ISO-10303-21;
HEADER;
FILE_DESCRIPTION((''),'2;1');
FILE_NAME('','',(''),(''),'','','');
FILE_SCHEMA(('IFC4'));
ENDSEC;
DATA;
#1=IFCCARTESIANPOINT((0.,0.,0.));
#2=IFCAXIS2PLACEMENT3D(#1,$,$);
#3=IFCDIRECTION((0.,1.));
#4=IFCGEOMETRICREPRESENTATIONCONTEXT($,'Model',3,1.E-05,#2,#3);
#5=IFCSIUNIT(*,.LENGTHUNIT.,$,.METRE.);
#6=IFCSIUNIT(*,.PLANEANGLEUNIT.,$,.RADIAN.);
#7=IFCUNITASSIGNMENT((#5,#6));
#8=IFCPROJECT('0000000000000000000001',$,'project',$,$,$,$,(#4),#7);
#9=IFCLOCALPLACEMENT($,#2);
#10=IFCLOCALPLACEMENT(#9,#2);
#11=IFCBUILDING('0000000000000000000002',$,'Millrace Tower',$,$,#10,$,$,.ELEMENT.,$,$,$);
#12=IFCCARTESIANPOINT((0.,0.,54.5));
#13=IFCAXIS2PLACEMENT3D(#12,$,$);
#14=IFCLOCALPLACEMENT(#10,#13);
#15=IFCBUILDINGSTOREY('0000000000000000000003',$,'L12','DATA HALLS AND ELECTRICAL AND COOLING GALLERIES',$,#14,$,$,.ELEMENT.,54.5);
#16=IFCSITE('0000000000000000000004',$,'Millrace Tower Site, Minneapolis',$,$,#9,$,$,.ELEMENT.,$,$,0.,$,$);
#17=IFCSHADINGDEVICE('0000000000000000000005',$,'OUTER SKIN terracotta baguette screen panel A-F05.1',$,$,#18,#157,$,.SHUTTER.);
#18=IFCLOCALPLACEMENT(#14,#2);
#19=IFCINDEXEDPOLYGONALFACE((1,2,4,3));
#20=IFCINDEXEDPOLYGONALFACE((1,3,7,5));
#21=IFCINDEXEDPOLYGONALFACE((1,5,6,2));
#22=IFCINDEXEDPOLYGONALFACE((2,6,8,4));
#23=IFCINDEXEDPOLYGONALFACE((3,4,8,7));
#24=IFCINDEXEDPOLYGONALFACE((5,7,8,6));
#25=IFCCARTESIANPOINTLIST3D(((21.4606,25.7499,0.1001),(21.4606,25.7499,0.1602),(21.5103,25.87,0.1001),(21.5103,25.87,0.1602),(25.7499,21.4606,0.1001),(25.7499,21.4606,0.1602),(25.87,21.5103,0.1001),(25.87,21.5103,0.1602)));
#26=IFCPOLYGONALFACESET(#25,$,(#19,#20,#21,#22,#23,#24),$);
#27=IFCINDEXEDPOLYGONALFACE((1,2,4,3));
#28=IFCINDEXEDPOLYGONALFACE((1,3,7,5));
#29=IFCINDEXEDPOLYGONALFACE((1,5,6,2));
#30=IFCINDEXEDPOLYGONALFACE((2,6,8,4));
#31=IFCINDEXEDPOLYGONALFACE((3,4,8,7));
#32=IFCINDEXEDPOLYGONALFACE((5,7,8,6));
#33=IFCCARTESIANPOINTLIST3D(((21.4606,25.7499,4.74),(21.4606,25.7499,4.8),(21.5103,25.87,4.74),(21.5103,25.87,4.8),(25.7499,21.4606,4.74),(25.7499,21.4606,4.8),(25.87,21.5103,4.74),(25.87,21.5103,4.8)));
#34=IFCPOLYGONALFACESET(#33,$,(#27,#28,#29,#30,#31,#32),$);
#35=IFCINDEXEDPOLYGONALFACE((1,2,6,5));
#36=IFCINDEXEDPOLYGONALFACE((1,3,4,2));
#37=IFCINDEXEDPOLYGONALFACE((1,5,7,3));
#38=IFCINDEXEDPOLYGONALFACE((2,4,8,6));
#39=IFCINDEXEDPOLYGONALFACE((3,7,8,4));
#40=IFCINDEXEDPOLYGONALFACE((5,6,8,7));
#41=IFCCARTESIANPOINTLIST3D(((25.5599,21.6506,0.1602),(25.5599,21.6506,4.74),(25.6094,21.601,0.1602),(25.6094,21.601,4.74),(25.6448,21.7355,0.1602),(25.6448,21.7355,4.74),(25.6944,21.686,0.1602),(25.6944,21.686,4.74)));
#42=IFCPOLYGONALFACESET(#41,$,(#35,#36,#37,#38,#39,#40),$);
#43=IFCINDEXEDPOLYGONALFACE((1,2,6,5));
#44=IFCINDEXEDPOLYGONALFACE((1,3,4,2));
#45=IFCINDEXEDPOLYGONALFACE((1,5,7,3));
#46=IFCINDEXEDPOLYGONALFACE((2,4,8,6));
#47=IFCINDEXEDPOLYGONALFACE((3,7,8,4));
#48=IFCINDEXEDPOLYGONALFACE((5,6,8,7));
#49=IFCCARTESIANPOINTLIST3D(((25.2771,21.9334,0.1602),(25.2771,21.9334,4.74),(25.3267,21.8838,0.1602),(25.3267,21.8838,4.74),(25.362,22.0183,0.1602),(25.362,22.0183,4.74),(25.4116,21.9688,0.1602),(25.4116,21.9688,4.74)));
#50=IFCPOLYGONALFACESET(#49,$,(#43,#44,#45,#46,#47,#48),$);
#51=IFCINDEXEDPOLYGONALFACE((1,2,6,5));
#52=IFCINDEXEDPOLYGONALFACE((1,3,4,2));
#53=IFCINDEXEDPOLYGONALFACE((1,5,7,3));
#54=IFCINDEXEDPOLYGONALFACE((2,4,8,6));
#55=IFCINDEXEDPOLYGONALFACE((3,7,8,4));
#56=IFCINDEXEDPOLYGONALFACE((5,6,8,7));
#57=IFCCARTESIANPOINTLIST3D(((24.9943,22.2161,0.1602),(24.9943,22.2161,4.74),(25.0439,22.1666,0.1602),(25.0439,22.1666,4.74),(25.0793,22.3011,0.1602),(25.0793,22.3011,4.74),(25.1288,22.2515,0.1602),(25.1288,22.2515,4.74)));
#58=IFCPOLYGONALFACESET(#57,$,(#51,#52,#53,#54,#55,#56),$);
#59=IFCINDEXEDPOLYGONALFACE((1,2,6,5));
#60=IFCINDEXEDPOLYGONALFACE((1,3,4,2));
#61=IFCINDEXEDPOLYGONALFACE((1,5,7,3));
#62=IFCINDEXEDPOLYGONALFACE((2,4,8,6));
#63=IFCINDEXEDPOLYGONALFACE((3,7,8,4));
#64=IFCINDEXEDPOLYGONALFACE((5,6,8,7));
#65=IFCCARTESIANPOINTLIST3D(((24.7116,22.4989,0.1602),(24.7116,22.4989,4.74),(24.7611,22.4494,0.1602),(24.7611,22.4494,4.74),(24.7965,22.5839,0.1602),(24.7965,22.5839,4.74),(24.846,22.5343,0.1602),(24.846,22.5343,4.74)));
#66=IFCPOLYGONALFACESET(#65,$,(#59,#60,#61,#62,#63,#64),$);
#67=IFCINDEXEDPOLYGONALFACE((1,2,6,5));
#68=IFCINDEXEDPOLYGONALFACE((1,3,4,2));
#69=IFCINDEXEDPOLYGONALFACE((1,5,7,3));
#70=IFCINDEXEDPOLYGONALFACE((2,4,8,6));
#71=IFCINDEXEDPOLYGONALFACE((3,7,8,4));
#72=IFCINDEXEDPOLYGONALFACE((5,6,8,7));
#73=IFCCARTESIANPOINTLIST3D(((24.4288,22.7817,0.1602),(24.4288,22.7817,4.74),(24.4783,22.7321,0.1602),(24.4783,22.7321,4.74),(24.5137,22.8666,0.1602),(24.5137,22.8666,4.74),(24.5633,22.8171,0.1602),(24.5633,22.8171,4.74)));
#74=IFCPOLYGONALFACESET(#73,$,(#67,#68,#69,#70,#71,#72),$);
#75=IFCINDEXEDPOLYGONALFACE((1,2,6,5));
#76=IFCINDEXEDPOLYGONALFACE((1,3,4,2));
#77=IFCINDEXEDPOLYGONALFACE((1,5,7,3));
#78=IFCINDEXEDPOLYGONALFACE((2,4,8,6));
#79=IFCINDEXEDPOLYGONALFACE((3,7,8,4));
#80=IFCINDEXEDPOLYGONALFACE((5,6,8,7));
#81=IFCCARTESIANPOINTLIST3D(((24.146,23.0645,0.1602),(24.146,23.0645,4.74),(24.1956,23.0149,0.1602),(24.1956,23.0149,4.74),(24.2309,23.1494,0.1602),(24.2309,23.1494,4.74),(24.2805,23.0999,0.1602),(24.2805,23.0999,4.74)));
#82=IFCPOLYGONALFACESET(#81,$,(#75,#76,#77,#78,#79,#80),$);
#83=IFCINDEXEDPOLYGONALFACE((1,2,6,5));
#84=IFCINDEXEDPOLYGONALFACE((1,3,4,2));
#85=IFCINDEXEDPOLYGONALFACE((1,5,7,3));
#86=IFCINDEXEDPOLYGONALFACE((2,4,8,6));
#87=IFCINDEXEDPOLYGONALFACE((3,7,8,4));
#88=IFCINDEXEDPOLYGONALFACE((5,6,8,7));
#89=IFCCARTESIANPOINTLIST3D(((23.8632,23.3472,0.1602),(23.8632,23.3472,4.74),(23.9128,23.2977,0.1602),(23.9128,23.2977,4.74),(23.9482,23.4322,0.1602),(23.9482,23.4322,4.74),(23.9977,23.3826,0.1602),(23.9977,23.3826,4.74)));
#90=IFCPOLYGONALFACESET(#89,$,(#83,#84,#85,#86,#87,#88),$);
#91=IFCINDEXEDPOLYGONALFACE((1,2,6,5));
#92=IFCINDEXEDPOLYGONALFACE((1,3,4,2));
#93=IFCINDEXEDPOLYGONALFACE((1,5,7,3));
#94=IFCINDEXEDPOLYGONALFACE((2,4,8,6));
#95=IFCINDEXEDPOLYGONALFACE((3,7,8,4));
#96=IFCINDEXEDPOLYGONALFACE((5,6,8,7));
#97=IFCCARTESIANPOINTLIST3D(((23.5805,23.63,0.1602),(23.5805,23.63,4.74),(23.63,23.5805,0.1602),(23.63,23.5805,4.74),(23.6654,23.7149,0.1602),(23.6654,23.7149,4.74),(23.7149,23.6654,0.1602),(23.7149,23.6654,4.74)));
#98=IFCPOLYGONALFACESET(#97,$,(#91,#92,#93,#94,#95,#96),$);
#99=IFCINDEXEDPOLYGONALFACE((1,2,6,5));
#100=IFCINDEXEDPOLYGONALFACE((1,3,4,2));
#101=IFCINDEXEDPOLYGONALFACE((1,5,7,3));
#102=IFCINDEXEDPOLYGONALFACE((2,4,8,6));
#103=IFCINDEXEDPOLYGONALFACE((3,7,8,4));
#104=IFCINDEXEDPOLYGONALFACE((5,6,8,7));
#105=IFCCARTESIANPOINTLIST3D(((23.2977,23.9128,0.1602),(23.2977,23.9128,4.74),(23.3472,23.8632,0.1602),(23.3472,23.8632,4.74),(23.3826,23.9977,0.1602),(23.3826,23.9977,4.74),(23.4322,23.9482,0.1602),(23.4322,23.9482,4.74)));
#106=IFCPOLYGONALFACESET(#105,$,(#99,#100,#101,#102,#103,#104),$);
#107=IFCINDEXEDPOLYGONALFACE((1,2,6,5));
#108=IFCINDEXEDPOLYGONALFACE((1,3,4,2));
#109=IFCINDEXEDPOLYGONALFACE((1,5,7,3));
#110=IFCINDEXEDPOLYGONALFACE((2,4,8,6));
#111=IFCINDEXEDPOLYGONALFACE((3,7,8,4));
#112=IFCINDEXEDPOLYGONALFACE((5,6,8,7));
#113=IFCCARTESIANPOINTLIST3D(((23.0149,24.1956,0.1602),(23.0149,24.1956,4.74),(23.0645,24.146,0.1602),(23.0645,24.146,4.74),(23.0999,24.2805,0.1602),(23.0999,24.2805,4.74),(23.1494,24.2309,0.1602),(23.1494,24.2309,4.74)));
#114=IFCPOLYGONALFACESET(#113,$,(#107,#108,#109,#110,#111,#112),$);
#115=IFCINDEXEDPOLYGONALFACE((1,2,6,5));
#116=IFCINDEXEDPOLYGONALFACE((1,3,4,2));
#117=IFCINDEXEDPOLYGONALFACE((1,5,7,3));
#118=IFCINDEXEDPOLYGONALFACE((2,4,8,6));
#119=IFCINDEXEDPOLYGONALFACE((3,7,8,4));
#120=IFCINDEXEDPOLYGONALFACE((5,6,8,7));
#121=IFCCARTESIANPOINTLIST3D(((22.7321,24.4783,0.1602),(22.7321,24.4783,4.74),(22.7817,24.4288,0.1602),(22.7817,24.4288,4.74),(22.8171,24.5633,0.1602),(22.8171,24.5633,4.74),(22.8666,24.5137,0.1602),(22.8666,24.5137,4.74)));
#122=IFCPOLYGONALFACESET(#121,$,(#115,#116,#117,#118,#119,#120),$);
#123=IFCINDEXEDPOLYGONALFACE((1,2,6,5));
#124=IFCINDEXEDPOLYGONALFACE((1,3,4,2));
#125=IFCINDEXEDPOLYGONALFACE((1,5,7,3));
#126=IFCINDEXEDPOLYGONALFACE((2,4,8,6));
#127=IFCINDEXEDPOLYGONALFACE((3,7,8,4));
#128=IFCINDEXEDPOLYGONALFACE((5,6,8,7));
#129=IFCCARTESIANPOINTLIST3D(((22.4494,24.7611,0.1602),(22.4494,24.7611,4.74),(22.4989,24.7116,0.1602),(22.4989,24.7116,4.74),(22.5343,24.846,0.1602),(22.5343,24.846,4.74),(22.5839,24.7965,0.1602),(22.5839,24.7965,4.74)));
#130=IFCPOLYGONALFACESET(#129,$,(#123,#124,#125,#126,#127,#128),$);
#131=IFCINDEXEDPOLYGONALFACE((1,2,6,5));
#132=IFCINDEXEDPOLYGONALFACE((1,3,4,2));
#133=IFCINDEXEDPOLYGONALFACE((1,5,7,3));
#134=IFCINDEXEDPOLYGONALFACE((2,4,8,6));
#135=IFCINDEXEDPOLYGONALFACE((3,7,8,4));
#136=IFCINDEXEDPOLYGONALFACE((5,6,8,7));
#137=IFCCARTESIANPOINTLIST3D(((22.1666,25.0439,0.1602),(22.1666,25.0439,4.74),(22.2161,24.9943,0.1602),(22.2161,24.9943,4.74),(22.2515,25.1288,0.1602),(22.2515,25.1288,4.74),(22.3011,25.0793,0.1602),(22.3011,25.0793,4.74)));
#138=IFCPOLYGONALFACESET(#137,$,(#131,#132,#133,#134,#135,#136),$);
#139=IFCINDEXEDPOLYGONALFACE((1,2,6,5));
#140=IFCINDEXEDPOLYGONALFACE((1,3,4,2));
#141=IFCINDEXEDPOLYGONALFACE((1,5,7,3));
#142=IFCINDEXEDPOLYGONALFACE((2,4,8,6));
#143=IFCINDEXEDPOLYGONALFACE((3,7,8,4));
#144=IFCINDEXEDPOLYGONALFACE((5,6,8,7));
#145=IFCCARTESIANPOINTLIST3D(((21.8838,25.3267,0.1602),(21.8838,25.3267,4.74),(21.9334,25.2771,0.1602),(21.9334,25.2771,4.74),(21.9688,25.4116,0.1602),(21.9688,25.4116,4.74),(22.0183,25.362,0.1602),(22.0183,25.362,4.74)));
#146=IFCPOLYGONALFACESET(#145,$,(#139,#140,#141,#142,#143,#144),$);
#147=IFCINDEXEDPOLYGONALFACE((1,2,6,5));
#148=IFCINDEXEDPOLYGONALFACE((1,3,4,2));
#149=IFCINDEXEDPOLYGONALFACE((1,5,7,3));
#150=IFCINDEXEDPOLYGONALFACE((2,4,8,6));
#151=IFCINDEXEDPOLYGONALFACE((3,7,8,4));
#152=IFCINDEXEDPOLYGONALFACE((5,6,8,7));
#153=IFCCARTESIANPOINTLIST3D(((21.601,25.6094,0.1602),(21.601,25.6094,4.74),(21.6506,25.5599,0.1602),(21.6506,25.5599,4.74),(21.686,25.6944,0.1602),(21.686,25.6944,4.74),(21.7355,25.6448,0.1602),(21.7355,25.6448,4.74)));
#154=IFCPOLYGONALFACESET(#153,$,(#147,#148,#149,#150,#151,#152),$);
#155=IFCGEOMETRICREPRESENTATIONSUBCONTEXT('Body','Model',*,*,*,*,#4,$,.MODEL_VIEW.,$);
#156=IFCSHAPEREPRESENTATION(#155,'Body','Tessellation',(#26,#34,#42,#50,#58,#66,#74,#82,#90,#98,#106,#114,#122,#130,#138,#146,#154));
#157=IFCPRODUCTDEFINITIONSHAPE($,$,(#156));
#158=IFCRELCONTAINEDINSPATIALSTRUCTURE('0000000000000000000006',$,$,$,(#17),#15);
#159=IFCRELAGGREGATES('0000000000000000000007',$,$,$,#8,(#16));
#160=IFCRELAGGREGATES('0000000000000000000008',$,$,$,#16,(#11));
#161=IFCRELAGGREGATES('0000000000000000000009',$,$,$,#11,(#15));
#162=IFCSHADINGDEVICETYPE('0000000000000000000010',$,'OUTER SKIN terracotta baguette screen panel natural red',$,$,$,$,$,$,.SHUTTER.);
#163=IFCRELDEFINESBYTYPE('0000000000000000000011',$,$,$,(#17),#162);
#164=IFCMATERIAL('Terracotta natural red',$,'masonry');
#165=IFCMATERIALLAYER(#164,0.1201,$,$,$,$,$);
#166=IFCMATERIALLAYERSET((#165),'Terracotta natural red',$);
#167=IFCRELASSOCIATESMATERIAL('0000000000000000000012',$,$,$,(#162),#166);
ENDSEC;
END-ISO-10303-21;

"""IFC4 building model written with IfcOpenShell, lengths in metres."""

from ifc_helpers import new_model, entity, si_unit, direction, frame, frame_2d, origin, origin_2d, place, context, subcontext, project, spatial, rectangle, extrude, source, transform, mapped, material, layer, layer_set, type_object, element, save


model = new_model("IFC4")

# Units and contexts
model_context = context("Model", 3, precision=1e-05, world=origin(), true_north=direction((0.0, 1.0)))
body_context = subcontext(model_context, "Body", "Model", "MODEL_VIEW")
ifc_project = project(units=[si_unit("LENGTHUNIT", "METRE"), si_unit("PLANEANGLEUNIT", "RADIAN")], contexts=[model_context])

# Site, building, storey
site_placement = place(None, origin())
site = spatial("IfcSite", under=ifc_project, at=site_placement, Name="Millrace Tower Site, Minneapolis", CompositionType="ELEMENT", RefElevation=0.0)
building_placement = place(site_placement, origin())
building = spatial("IfcBuilding", under=site, at=building_placement, Name="Millrace Tower", CompositionType="ELEMENT")
storey_placement = place(building_placement, frame((0.0, 0.0, 54.5)))
storey = spatial("IfcBuildingStorey", under=building, at=storey_placement, Name="L12", Description="DATA HALLS AND ELECTRICAL AND COOLING GALLERIES", CompositionType="ELEMENT", Elevation=54.5)

# Shading device
ifc_material_1 = material(Name="Terracotta natural red", Category="masonry")
ifc_layer_1 = layer(ifc_material_1, 0.1201)
ifc_layer_set_1 = layer_set([ifc_layer_1], Name="Terracotta natural red")
shading_device_type_1 = type_object("IfcShadingDeviceType", Name="OUTER SKIN terracotta baguette screen panel natural red", PredefinedType="SHUTTER", material=ifc_layer_set_1)
cartesian_point_1 = entity("IfcCartesianPoint", [-3.033, 0.0601])
shared_polyline_1 = entity("IfcPolyline", [cartesian_point_1, entity("IfcCartesianPoint", [3.033, 0.0601]), entity("IfcCartesianPoint", [3.0828, -0.0601]), entity("IfcCartesianPoint", [-3.0828, -0.0601]), cartesian_point_1])
shared_shape_1 = source(origin(), body_context, "Body", "SweptSolid", [
    entity("IfcExtrudedAreaSolid", entity("IfcArbitraryClosedProfileDef", "AREA", None, shared_polyline_1), entity("IfcAxis2Placement3D", entity("IfcCartesianPoint", [0.0, 0.0, 0.0])), entity("IfcDirection", [0.0, 0.0, 1.0]), 0.0601),
    entity("IfcExtrudedAreaSolid", entity("IfcArbitraryClosedProfileDef", "AREA", None, shared_polyline_1), entity("IfcAxis2Placement3D", entity("IfcCartesianPoint", [0.0, 0.0, 4.6399])), entity("IfcDirection", [0.0, 0.0, 1.0]), 0.0601),
    extrude(rectangle(XDim=0.0701, YDim=0.1201, at=frame_2d((-2.7993, 0.0))), frame((0.0, 0.0, 0.0601)), (0.0, 0.0, 1.0), 4.5798),
    extrude(rectangle(XDim=0.0701, YDim=0.1201, at=frame_2d((-2.3994, 0.0))), frame((0.0, 0.0, 0.0601)), (0.0, 0.0, 1.0), 4.5798),
    extrude(rectangle(XDim=0.0701, YDim=0.1201, at=frame_2d((-1.9995, 0.0))), frame((0.0, 0.0, 0.0601)), (0.0, 0.0, 1.0), 4.5798),
    extrude(rectangle(XDim=0.0701, YDim=0.1201, at=frame_2d((-1.5996, 0.0))), frame((0.0, 0.0, 0.0601)), (0.0, 0.0, 1.0), 4.5798),
    extrude(rectangle(XDim=0.0701, YDim=0.1201, at=frame_2d((-1.1997, 0.0))), frame((0.0, 0.0, 0.0601)), (0.0, 0.0, 1.0), 4.5798),
    extrude(rectangle(XDim=0.0701, YDim=0.1201, at=frame_2d((-0.7998, 0.0))), frame((0.0, 0.0, 0.0601)), (0.0, 0.0, 1.0), 4.5798),
    extrude(rectangle(XDim=0.0701, YDim=0.1201, at=frame_2d((-0.3999, 0.0))), frame((0.0, 0.0, 0.0601)), (0.0, 0.0, 1.0), 4.5798),
    extrude(rectangle(XDim=0.0701, YDim=0.1201, at=origin_2d()), frame((0.0, 0.0, 0.0601)), (0.0, 0.0, 1.0), 4.5798),
    extrude(rectangle(XDim=0.0701, YDim=0.1201, at=frame_2d((0.3999, 0.0))), frame((0.0, 0.0, 0.0601)), (0.0, 0.0, 1.0), 4.5798),
    extrude(rectangle(XDim=0.0701, YDim=0.1201, at=frame_2d((0.7998, 0.0))), frame((0.0, 0.0, 0.0601)), (0.0, 0.0, 1.0), 4.5798),
    extrude(rectangle(XDim=0.0701, YDim=0.1201, at=frame_2d((1.1997, 0.0))), frame((0.0, 0.0, 0.0601)), (0.0, 0.0, 1.0), 4.5798),
    extrude(rectangle(XDim=0.0701, YDim=0.1201, at=frame_2d((1.5996, 0.0))), frame((0.0, 0.0, 0.0601)), (0.0, 0.0, 1.0), 4.5798),
    extrude(rectangle(XDim=0.0701, YDim=0.1201, at=frame_2d((1.9995, 0.0))), frame((0.0, 0.0, 0.0601)), (0.0, 0.0, 1.0), 4.5798),
    extrude(rectangle(XDim=0.0701, YDim=0.1201, at=frame_2d((2.3994, 0.0))), frame((0.0, 0.0, 0.0601)), (0.0, 0.0, 1.0), 4.5798),
    extrude(rectangle(XDim=0.0701, YDim=0.1201, at=frame_2d((2.7993, 0.0))), frame((0.0, 0.0, 0.0601)), (0.0, 0.0, 1.0), 4.5798),
])
shading_device_1_placement = place(storey_placement, frame((23.6477, 23.6477, 0.1001), z_axis=(0.0, 0.0, 1.0), x_axis=(-0.707107, 0.707107, 0.0)))
element("IfcShadingDevice", 1, at=shading_device_1_placement, inside=storey, type_object=shading_device_type_1, Name="OUTER SKIN terracotta baguette screen panel A-F05.1", PredefinedType="SHUTTER", context=body_context, shape_type="MappedRepresentation", body=[
    mapped(shared_shape_1, transform((0.0, 0.0, 0.0), scale=1.0)),
])

save(model, "model.ifc")
